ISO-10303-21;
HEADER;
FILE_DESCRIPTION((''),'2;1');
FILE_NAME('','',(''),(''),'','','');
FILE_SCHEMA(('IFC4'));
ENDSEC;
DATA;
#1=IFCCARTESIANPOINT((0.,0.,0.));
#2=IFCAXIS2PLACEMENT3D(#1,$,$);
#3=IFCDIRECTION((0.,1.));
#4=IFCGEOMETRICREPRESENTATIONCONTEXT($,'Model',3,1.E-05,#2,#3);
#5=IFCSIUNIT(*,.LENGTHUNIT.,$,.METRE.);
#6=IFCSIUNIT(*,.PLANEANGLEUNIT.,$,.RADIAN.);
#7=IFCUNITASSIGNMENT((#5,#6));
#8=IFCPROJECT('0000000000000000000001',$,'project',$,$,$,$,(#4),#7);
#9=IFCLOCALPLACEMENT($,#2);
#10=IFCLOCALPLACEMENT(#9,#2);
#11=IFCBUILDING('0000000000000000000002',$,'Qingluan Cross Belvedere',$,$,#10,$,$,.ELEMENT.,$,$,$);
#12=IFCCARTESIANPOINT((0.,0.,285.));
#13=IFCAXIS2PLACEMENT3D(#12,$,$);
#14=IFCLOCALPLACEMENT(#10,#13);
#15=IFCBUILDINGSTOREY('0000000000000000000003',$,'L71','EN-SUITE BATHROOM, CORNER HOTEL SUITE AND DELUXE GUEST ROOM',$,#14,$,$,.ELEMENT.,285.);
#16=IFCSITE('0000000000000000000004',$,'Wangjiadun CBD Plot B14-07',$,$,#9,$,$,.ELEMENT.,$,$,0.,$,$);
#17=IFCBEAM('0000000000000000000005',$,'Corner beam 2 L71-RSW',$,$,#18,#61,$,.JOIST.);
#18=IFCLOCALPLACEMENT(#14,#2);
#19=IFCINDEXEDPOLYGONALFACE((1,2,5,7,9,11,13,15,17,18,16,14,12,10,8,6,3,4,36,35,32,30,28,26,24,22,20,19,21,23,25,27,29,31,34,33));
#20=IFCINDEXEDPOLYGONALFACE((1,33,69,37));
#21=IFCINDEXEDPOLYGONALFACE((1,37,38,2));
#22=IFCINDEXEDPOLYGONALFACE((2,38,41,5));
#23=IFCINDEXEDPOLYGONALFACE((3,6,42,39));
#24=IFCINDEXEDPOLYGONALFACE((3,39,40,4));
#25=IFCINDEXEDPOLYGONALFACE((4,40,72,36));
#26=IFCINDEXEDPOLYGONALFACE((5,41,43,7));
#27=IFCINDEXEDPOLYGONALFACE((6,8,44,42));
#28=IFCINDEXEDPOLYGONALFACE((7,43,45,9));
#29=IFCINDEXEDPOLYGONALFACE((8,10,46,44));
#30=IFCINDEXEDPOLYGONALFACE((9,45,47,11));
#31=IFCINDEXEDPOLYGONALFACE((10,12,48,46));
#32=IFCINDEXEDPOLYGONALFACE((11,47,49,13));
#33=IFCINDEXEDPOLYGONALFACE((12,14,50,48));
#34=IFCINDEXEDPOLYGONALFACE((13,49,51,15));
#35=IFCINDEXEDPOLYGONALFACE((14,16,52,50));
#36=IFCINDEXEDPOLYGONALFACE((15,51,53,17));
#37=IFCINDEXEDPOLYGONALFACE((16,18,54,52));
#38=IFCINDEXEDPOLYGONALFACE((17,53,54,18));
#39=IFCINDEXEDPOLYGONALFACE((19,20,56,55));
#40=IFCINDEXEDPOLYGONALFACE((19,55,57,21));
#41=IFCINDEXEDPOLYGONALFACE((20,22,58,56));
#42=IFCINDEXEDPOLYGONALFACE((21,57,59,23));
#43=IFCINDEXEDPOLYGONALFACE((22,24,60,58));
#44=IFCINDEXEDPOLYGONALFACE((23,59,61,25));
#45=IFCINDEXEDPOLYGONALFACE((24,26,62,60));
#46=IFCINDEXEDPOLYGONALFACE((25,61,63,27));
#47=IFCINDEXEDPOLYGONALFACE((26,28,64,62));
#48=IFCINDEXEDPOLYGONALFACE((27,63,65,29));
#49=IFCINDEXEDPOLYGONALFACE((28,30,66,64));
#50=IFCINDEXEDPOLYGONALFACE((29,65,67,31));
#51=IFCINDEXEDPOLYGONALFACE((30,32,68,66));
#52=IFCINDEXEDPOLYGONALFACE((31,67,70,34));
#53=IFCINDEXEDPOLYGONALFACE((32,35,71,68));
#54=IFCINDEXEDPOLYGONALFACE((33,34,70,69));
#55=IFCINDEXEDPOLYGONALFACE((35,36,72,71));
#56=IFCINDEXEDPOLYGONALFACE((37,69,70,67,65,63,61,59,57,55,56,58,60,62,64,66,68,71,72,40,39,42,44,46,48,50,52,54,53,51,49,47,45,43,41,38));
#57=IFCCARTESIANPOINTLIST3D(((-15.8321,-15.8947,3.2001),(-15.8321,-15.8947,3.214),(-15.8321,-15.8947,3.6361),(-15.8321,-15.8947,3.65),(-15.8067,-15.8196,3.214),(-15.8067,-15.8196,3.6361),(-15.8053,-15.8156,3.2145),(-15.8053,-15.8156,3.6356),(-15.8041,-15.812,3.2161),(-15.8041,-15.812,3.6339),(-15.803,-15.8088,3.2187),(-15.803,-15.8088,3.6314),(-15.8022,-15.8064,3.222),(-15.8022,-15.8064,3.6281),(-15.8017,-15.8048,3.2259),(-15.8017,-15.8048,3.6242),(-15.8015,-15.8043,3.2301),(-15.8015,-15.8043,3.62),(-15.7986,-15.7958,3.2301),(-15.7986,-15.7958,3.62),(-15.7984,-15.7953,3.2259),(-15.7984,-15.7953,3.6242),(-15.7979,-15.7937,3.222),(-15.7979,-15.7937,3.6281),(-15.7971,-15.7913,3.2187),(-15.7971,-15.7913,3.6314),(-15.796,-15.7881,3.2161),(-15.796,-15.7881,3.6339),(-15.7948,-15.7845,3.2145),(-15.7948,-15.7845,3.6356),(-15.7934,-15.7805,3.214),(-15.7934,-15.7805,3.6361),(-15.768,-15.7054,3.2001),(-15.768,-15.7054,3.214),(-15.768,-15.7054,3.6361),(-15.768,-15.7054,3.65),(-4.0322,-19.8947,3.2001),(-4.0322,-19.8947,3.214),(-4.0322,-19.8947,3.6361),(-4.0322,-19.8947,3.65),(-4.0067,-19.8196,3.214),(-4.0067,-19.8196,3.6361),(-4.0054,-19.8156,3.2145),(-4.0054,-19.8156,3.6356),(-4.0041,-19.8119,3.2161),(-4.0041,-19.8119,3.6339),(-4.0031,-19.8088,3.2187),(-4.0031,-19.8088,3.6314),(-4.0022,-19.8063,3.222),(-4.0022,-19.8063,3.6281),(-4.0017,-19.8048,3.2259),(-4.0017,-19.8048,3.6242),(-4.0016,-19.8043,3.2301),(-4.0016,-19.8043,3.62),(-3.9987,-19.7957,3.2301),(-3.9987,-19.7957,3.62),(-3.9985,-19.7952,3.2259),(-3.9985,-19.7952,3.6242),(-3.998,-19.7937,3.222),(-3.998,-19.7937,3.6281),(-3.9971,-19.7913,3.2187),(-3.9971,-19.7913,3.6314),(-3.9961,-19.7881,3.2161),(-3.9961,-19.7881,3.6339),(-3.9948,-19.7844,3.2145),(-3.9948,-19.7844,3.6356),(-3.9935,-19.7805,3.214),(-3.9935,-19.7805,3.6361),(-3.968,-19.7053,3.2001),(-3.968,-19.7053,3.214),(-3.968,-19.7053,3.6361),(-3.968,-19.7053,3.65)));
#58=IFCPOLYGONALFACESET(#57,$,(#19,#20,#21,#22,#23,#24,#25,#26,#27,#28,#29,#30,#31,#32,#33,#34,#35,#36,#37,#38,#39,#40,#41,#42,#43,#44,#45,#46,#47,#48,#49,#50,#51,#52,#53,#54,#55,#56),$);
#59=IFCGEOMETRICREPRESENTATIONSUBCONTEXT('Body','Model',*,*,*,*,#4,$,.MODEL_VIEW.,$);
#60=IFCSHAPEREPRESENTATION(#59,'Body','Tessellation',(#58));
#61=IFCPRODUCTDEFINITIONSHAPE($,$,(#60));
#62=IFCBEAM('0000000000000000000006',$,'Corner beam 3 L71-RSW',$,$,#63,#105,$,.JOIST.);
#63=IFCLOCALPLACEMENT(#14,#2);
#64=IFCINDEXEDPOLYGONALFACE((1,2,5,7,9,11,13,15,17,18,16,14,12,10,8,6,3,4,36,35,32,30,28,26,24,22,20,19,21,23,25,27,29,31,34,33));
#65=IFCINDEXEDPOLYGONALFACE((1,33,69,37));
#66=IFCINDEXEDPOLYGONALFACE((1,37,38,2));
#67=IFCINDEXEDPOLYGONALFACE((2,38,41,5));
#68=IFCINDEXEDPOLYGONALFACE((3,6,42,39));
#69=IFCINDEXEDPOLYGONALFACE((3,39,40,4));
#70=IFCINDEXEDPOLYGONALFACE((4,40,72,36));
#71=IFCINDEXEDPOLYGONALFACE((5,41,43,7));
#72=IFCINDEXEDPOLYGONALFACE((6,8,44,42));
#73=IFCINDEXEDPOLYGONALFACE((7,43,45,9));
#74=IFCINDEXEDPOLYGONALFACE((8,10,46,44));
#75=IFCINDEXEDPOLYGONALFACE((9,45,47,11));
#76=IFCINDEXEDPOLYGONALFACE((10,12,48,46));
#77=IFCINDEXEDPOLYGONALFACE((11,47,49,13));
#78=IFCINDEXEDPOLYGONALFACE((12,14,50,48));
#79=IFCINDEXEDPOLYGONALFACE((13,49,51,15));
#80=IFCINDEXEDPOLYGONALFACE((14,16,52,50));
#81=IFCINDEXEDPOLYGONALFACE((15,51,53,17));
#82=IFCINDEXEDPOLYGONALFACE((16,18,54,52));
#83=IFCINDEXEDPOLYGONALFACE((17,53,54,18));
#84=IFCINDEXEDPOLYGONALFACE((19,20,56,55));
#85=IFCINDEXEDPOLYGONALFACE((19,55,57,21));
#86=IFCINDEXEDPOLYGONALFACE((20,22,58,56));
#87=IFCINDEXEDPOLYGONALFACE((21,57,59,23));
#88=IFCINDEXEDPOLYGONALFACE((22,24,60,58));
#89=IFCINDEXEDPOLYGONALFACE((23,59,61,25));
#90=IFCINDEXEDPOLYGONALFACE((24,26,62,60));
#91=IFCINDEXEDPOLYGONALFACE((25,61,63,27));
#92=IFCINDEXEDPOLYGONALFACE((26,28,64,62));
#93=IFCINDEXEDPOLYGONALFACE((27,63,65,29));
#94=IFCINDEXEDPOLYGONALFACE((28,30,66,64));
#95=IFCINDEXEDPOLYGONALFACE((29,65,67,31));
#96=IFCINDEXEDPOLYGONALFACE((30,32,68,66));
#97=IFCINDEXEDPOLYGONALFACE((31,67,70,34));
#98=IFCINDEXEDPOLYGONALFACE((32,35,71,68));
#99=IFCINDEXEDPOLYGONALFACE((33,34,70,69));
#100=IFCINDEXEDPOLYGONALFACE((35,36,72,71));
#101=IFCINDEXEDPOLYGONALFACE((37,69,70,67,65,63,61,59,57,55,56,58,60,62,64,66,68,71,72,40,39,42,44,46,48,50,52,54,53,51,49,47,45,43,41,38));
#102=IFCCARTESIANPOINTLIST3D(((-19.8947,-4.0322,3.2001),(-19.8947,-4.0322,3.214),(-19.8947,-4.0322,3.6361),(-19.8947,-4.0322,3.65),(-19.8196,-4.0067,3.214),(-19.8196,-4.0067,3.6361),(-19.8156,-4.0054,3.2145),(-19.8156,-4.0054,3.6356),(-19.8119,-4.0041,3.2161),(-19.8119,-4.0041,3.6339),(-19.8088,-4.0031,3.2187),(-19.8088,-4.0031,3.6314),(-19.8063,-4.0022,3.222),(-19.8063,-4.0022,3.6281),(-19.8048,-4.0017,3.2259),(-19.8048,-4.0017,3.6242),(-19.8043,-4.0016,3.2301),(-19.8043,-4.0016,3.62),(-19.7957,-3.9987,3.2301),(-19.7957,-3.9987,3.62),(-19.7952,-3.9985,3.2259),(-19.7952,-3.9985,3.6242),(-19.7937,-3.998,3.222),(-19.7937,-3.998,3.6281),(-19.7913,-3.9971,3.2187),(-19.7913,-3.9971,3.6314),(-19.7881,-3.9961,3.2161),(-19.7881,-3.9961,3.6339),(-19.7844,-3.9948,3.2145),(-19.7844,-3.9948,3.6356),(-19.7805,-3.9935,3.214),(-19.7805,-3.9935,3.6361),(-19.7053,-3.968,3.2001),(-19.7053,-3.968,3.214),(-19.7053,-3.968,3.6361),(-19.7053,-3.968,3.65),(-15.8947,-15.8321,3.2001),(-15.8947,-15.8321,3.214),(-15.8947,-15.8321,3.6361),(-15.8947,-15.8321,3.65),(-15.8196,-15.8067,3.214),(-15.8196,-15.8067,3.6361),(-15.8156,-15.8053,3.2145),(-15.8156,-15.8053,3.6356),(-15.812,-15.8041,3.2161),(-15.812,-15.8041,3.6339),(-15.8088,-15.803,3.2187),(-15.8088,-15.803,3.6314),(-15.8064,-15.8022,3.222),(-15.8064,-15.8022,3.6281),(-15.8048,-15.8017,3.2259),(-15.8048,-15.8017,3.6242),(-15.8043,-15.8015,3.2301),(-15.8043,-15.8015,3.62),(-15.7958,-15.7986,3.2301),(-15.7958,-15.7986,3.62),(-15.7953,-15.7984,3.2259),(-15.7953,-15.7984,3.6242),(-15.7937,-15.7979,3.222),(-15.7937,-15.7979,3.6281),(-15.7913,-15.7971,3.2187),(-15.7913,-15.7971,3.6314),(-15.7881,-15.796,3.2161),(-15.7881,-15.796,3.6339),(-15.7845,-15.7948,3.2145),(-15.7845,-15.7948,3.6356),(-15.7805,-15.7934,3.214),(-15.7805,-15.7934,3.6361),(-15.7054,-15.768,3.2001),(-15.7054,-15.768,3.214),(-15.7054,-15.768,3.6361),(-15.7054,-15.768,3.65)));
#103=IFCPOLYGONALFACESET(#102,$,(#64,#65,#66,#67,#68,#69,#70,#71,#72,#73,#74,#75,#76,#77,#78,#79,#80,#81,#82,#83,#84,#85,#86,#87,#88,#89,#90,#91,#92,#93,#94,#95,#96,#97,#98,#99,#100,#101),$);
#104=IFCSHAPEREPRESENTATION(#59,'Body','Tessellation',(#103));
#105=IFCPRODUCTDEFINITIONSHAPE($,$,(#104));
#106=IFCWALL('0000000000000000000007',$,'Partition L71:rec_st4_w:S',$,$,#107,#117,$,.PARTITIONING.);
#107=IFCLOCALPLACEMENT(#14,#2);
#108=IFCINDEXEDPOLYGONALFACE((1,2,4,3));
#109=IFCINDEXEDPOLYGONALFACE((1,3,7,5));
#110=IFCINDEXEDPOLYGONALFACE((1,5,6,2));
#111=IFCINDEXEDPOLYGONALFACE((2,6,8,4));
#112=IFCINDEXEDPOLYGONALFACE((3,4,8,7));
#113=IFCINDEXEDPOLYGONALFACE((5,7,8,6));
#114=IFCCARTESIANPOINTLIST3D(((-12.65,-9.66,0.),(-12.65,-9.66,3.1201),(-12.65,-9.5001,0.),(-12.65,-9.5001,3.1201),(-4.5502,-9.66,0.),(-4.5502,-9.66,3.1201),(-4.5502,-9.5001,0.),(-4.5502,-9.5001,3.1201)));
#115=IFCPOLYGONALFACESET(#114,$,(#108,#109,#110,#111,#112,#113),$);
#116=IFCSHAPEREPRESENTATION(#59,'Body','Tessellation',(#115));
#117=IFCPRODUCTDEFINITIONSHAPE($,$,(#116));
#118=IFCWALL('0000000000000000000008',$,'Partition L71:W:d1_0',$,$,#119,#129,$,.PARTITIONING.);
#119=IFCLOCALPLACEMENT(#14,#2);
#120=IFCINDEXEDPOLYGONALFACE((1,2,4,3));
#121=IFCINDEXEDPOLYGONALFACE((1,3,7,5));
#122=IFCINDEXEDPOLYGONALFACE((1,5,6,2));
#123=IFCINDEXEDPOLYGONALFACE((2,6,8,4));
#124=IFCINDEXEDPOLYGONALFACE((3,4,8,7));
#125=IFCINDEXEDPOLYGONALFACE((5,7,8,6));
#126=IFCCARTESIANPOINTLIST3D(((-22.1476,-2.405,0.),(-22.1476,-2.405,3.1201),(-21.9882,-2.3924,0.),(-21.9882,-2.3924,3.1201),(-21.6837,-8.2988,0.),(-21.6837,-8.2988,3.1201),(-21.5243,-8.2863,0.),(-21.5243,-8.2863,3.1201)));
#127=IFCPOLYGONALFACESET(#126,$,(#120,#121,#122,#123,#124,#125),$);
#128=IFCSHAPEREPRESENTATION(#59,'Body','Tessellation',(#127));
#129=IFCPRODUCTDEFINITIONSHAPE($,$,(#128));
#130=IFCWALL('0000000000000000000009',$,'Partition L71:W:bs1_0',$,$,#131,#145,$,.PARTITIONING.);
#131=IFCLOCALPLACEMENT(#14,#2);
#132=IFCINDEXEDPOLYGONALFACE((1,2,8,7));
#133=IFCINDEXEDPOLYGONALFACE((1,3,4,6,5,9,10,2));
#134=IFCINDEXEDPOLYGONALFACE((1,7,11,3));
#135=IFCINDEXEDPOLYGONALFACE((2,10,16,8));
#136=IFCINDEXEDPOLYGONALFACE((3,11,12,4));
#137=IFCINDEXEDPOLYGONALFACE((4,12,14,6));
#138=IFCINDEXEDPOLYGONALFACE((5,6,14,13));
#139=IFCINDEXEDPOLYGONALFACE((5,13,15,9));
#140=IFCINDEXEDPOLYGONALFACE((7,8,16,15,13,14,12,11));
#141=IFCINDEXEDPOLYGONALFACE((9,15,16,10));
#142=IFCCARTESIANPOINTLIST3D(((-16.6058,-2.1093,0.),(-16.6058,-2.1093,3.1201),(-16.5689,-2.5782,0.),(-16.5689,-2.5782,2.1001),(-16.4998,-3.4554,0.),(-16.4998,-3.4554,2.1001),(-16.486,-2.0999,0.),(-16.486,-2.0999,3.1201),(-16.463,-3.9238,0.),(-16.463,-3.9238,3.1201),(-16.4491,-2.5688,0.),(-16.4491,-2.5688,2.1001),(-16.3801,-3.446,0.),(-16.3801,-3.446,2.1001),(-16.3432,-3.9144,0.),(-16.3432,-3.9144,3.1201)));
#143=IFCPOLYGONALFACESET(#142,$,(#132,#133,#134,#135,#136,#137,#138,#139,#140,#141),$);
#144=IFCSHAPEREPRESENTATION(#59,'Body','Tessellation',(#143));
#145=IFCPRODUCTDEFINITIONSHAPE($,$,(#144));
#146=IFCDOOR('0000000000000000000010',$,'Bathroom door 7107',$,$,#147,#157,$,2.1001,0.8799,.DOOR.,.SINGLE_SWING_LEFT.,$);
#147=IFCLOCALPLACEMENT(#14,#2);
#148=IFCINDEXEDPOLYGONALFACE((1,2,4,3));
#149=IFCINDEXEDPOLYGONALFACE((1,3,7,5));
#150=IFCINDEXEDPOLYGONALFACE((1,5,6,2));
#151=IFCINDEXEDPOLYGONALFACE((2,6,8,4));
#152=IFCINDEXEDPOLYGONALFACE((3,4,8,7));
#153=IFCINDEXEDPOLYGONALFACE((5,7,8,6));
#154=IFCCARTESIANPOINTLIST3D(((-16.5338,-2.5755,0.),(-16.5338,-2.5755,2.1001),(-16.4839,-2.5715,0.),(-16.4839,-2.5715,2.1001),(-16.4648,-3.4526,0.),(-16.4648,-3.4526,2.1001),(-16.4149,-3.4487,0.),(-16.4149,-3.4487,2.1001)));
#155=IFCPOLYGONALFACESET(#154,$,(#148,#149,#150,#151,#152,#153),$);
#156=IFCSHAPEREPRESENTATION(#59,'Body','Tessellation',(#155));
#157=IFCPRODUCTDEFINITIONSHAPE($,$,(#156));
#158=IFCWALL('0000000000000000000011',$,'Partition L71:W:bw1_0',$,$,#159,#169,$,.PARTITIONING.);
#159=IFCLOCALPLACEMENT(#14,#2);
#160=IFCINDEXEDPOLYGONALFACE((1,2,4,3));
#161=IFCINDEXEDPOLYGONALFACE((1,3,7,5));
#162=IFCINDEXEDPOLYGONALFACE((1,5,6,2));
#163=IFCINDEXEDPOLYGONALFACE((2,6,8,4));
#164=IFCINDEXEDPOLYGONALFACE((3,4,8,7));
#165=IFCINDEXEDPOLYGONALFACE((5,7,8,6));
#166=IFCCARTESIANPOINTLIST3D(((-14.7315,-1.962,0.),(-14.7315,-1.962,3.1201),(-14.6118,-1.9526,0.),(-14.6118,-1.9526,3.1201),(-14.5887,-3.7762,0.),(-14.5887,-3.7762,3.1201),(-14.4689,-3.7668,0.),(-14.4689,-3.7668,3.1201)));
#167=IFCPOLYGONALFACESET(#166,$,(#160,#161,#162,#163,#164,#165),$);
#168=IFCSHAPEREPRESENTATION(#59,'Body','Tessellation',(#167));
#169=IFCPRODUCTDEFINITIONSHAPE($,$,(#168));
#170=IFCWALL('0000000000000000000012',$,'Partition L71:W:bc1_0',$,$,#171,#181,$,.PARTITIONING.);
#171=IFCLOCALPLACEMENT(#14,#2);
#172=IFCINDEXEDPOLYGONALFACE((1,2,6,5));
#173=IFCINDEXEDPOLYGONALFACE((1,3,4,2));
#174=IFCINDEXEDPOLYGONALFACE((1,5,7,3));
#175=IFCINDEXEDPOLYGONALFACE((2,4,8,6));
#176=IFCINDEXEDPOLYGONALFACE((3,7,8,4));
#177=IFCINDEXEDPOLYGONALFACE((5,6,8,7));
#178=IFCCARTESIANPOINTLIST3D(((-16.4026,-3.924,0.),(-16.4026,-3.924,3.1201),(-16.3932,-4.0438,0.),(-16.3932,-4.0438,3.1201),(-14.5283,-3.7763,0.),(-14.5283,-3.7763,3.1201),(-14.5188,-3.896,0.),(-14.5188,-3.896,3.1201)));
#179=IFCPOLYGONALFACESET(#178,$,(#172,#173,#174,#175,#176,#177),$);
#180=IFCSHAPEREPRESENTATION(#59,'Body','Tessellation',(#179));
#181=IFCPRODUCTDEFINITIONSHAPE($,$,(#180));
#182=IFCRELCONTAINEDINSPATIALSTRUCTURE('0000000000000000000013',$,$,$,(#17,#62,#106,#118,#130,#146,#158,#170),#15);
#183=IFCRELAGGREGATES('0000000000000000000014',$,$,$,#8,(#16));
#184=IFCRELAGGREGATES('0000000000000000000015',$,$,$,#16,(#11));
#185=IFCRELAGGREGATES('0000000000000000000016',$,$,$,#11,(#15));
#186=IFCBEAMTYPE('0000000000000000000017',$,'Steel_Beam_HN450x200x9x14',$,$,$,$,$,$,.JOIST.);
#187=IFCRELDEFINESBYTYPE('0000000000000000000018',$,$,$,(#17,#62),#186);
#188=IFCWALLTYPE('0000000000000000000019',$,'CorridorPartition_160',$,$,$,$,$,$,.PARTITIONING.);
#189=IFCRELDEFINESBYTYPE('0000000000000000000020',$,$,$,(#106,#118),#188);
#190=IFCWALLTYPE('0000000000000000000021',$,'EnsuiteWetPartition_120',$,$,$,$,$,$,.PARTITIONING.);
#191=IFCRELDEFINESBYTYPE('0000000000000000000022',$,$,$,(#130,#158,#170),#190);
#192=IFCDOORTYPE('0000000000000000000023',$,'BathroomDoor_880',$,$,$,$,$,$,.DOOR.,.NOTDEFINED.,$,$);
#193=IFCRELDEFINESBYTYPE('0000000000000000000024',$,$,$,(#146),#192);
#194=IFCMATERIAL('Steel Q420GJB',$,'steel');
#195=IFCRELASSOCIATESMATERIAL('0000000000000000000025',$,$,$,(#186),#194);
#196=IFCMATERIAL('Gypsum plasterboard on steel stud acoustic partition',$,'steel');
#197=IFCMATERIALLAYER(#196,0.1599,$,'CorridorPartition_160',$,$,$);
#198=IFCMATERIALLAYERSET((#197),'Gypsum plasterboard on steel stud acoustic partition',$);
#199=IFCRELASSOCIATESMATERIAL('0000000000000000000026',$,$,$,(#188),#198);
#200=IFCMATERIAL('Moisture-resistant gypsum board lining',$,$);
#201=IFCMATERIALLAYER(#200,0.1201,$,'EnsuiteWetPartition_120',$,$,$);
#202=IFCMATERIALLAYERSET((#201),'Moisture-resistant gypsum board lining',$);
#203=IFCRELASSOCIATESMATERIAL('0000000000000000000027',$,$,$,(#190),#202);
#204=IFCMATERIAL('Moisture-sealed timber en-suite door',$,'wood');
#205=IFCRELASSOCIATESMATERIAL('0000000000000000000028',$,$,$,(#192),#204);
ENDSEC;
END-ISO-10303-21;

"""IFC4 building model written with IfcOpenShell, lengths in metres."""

from ifc_helpers import new_model, si_unit, direction, frame, frame_2d, origin, origin_2d, place, context, subcontext, project, spatial, rectangle, i_section, extrude, material, layer, layer_set, material_profile, profile_set, type_object, element, fill, save


model = new_model("IFC4")

# Units and contexts
model_context = context("Model", 3, precision=1e-05, world=origin(), true_north=direction((0.0, 1.0)))
body_context = subcontext(model_context, "Body", "Model", "MODEL_VIEW")
ifc_project = project(units=[si_unit("LENGTHUNIT", "METRE"), si_unit("PLANEANGLEUNIT", "RADIAN")], contexts=[model_context])

# Site, building, storey
site_placement = place(None, origin())
site = spatial("IfcSite", under=ifc_project, at=site_placement, Name="Wangjiadun CBD Plot B14-07", CompositionType="ELEMENT", RefElevation=0.0)
building_placement = place(site_placement, origin())
building = spatial("IfcBuilding", under=site, at=building_placement, Name="Qingluan Cross Belvedere", CompositionType="ELEMENT")
storey_placement = place(building_placement, frame((0.0, 0.0, 285.0)))
storey = spatial("IfcBuildingStorey", under=building, at=storey_placement, Name="L71", Description="EN-SUITE BATHROOM, CORNER HOTEL SUITE AND DELUXE GUEST ROOM", CompositionType="ELEMENT", Elevation=285.0)

# Beams
ifc_material_1 = material(Name="Steel Q420GJB", Category="steel")
ifc_material_profile_1 = material_profile(ifc_material_1, i_section(OverallWidth=0.2, OverallDepth=0.45, WebThickness=0.009, FlangeThickness=0.0139, FilletRadius=0.0161, at=origin_2d()), Name="HN450x200x9x14")
ifc_profile_set_1 = profile_set([ifc_material_profile_1], Name="Steel Q420GJB")
beam_type_1 = type_object("IfcBeamType", Name="Steel_Beam_HN450x200x9x14", PredefinedType="JOIST", material=ifc_profile_set_1)
for number, where, z_axis, x_axis, name in (
    (1, (-15.8, -15.8, 3.425), (0.947066, -0.321038, 0.0), (0.321038, 0.947066, 0.0), "Corner beam 2 L71-RSW"),
    (2, (-15.8, -15.8, 3.425), (-0.321038, 0.947066, 0.0), (-0.947066, -0.321038, 0.0), "Corner beam 3 L71-RSW"),
):
    element("IfcBeam", number, at=place(storey_placement, frame(where, z_axis=z_axis, x_axis=x_axis)), inside=storey, type_object=beam_type_1, Name=name, PredefinedType="JOIST", context=body_context, shape_type="SweptSolid", body=[
        extrude(i_section(OverallWidth=0.2, OverallDepth=0.45, WebThickness=0.009, FlangeThickness=0.0139, FilletRadius=0.0161, at=origin_2d()), origin(), (0.0, 0.0, 1.0), 12.4595),
    ])

# Walls
ifc_material_2 = material(Name="Gypsum plasterboard on steel stud acoustic partition", Category="steel")
ifc_layer_1 = layer(ifc_material_2, 0.1599, Name="CorridorPartition_160")
ifc_layer_set_1 = layer_set([ifc_layer_1], Name="Gypsum plasterboard on steel stud acoustic partition")
wall_type_1 = type_object("IfcWallType", Name="CorridorPartition_160", PredefinedType="PARTITIONING", material=ifc_layer_set_1)
wall_1_placement = place(storey_placement, frame((-12.6499, -9.5801, 0.0), z_axis=(0.0, 0.0, 1.0), x_axis=(1.0, 0.0, 0.0)))
element("IfcWall", 3, at=wall_1_placement, inside=storey, type_object=wall_type_1, Name="Partition L71:rec_st4_w:S", PredefinedType="PARTITIONING", context=body_context, shape_type="SweptSolid", body=[
    extrude(rectangle(XDim=8.0999, YDim=0.1599, at=frame_2d((4.0498, 0.0))), origin(), (0.0, 0.0, 1.0), 3.1201),
])
wall_2_placement = place(storey_placement, frame((-22.0679, -2.3987, 0.0), z_axis=(0.0, 0.0, 1.0), x_axis=(0.078462, -0.996917, 0.0)))
element("IfcWall", 4, at=wall_2_placement, inside=storey, type_object=wall_type_1, Name="Partition L71:W:d1_0", PredefinedType="PARTITIONING", context=body_context, shape_type="SweptSolid", body=[
    extrude(rectangle(XDim=5.9121, YDim=0.1599, at=frame_2d((2.9561, 0.0))), origin(), (0.0, 0.0, 1.0), 3.1201),
])

# Wall, opening, door
ifc_material_3 = material(Name="Moisture-resistant gypsum board lining")
ifc_layer_2 = layer(ifc_material_3, 0.1201, Name="EnsuiteWetPartition_120")
ifc_layer_set_2 = layer_set([ifc_layer_2], Name="Moisture-resistant gypsum board lining")
wall_type_2 = type_object("IfcWallType", Name="EnsuiteWetPartition_120", PredefinedType="PARTITIONING", material=ifc_layer_set_2)
wall_3_placement = place(storey_placement, frame((-16.4031, -3.9192, 0.0), z_axis=(0.0, 0.0, 1.0), x_axis=(-0.078471, 0.996916, 0.0)))
wall_3 = element("IfcWall", 5, at=wall_3_placement, inside=storey, type_object=wall_type_2, Name="Partition L71:W:bs1_0", PredefinedType="PARTITIONING", context=body_context, shape_type="SweptSolid", body=[
    extrude(rectangle(XDim=1.8201, YDim=0.1201, at=frame_2d((0.9102, 0.0))), origin(), (0.0, 0.0, 1.0), 3.1201),
])
opening_1_placement = place(wall_3_placement, frame((0.47, 0.0, 0.0)))
opening_1 = element("IfcOpeningElement", 6, at=opening_1_placement, cuts=wall_3, PredefinedType="OPENING", context=body_context, shape_type="SweptSolid", body=[
    extrude(rectangle(XDim=0.8799, YDim=2.1001, at=frame_2d((0.4399, 1.05))), frame((0.0, 0.0701, 0.0), z_axis=(0.0, -1.0, 0.0), x_axis=(1.0, 0.0, 0.0)), (0.0, 0.0, 1.0), 0.1401),
])
ifc_material_4 = material(Name="Moisture-sealed timber en-suite door", Category="wood")
door_type = type_object("IfcDoorType", Name="BathroomDoor_880", OperationType="NOTDEFINED", PredefinedType="DOOR", material=ifc_material_4)
door_1_placement = place(opening_1_placement, origin())
door_1 = element("IfcDoor", 7, at=door_1_placement, inside=storey, type_object=door_type, Name="Bathroom door 7107", OperationType="SINGLE_SWING_LEFT", OverallHeight=2.1001, OverallWidth=0.8799, PredefinedType="DOOR", context=body_context, shape_type="SweptSolid", body=[
    extrude(rectangle(XDim=0.8799, YDim=2.1001, at=frame_2d((0.4399, 1.05))), frame((0.0, 0.0249, 0.0), z_axis=(0.0, -1.0, 0.0), x_axis=(1.0, 0.0, 0.0)), (0.0, 0.0, 1.0), 0.05),
])
fill(opening_1, door_1)

# Walls
wall_4_placement = place(storey_placement, frame((-14.5288, -3.7715, 0.0), z_axis=(0.0, 0.0, 1.0), x_axis=(-0.078481, 0.996916, 0.0)))
element("IfcWall", 8, at=wall_4_placement, inside=storey, type_object=wall_type_2, Name="Partition L71:W:bw1_0", PredefinedType="PARTITIONING", context=body_context, shape_type="SweptSolid", body=[
    extrude(rectangle(XDim=1.8198, YDim=0.1201, at=frame_2d((0.9099, 0.0))), origin(), (0.0, 0.0, 1.0), 3.1201),
])
wall_5_placement = place(storey_placement, frame((-14.5237, -3.8362, 0.0), z_axis=(0.0, 0.0, 1.0), x_axis=(-0.996909, -0.078563, 0.0)))
element("IfcWall", 9, at=wall_5_placement, inside=storey, type_object=wall_type_2, Name="Partition L71:W:bc1_0", PredefinedType="PARTITIONING", context=body_context, shape_type="SweptSolid", body=[
    extrude(rectangle(XDim=1.8801, YDim=0.1201, at=frame_2d((0.9399, 0.0))), origin(), (0.0, 0.0, 1.0), 3.1201),
])

save(model, "model.ifc")
